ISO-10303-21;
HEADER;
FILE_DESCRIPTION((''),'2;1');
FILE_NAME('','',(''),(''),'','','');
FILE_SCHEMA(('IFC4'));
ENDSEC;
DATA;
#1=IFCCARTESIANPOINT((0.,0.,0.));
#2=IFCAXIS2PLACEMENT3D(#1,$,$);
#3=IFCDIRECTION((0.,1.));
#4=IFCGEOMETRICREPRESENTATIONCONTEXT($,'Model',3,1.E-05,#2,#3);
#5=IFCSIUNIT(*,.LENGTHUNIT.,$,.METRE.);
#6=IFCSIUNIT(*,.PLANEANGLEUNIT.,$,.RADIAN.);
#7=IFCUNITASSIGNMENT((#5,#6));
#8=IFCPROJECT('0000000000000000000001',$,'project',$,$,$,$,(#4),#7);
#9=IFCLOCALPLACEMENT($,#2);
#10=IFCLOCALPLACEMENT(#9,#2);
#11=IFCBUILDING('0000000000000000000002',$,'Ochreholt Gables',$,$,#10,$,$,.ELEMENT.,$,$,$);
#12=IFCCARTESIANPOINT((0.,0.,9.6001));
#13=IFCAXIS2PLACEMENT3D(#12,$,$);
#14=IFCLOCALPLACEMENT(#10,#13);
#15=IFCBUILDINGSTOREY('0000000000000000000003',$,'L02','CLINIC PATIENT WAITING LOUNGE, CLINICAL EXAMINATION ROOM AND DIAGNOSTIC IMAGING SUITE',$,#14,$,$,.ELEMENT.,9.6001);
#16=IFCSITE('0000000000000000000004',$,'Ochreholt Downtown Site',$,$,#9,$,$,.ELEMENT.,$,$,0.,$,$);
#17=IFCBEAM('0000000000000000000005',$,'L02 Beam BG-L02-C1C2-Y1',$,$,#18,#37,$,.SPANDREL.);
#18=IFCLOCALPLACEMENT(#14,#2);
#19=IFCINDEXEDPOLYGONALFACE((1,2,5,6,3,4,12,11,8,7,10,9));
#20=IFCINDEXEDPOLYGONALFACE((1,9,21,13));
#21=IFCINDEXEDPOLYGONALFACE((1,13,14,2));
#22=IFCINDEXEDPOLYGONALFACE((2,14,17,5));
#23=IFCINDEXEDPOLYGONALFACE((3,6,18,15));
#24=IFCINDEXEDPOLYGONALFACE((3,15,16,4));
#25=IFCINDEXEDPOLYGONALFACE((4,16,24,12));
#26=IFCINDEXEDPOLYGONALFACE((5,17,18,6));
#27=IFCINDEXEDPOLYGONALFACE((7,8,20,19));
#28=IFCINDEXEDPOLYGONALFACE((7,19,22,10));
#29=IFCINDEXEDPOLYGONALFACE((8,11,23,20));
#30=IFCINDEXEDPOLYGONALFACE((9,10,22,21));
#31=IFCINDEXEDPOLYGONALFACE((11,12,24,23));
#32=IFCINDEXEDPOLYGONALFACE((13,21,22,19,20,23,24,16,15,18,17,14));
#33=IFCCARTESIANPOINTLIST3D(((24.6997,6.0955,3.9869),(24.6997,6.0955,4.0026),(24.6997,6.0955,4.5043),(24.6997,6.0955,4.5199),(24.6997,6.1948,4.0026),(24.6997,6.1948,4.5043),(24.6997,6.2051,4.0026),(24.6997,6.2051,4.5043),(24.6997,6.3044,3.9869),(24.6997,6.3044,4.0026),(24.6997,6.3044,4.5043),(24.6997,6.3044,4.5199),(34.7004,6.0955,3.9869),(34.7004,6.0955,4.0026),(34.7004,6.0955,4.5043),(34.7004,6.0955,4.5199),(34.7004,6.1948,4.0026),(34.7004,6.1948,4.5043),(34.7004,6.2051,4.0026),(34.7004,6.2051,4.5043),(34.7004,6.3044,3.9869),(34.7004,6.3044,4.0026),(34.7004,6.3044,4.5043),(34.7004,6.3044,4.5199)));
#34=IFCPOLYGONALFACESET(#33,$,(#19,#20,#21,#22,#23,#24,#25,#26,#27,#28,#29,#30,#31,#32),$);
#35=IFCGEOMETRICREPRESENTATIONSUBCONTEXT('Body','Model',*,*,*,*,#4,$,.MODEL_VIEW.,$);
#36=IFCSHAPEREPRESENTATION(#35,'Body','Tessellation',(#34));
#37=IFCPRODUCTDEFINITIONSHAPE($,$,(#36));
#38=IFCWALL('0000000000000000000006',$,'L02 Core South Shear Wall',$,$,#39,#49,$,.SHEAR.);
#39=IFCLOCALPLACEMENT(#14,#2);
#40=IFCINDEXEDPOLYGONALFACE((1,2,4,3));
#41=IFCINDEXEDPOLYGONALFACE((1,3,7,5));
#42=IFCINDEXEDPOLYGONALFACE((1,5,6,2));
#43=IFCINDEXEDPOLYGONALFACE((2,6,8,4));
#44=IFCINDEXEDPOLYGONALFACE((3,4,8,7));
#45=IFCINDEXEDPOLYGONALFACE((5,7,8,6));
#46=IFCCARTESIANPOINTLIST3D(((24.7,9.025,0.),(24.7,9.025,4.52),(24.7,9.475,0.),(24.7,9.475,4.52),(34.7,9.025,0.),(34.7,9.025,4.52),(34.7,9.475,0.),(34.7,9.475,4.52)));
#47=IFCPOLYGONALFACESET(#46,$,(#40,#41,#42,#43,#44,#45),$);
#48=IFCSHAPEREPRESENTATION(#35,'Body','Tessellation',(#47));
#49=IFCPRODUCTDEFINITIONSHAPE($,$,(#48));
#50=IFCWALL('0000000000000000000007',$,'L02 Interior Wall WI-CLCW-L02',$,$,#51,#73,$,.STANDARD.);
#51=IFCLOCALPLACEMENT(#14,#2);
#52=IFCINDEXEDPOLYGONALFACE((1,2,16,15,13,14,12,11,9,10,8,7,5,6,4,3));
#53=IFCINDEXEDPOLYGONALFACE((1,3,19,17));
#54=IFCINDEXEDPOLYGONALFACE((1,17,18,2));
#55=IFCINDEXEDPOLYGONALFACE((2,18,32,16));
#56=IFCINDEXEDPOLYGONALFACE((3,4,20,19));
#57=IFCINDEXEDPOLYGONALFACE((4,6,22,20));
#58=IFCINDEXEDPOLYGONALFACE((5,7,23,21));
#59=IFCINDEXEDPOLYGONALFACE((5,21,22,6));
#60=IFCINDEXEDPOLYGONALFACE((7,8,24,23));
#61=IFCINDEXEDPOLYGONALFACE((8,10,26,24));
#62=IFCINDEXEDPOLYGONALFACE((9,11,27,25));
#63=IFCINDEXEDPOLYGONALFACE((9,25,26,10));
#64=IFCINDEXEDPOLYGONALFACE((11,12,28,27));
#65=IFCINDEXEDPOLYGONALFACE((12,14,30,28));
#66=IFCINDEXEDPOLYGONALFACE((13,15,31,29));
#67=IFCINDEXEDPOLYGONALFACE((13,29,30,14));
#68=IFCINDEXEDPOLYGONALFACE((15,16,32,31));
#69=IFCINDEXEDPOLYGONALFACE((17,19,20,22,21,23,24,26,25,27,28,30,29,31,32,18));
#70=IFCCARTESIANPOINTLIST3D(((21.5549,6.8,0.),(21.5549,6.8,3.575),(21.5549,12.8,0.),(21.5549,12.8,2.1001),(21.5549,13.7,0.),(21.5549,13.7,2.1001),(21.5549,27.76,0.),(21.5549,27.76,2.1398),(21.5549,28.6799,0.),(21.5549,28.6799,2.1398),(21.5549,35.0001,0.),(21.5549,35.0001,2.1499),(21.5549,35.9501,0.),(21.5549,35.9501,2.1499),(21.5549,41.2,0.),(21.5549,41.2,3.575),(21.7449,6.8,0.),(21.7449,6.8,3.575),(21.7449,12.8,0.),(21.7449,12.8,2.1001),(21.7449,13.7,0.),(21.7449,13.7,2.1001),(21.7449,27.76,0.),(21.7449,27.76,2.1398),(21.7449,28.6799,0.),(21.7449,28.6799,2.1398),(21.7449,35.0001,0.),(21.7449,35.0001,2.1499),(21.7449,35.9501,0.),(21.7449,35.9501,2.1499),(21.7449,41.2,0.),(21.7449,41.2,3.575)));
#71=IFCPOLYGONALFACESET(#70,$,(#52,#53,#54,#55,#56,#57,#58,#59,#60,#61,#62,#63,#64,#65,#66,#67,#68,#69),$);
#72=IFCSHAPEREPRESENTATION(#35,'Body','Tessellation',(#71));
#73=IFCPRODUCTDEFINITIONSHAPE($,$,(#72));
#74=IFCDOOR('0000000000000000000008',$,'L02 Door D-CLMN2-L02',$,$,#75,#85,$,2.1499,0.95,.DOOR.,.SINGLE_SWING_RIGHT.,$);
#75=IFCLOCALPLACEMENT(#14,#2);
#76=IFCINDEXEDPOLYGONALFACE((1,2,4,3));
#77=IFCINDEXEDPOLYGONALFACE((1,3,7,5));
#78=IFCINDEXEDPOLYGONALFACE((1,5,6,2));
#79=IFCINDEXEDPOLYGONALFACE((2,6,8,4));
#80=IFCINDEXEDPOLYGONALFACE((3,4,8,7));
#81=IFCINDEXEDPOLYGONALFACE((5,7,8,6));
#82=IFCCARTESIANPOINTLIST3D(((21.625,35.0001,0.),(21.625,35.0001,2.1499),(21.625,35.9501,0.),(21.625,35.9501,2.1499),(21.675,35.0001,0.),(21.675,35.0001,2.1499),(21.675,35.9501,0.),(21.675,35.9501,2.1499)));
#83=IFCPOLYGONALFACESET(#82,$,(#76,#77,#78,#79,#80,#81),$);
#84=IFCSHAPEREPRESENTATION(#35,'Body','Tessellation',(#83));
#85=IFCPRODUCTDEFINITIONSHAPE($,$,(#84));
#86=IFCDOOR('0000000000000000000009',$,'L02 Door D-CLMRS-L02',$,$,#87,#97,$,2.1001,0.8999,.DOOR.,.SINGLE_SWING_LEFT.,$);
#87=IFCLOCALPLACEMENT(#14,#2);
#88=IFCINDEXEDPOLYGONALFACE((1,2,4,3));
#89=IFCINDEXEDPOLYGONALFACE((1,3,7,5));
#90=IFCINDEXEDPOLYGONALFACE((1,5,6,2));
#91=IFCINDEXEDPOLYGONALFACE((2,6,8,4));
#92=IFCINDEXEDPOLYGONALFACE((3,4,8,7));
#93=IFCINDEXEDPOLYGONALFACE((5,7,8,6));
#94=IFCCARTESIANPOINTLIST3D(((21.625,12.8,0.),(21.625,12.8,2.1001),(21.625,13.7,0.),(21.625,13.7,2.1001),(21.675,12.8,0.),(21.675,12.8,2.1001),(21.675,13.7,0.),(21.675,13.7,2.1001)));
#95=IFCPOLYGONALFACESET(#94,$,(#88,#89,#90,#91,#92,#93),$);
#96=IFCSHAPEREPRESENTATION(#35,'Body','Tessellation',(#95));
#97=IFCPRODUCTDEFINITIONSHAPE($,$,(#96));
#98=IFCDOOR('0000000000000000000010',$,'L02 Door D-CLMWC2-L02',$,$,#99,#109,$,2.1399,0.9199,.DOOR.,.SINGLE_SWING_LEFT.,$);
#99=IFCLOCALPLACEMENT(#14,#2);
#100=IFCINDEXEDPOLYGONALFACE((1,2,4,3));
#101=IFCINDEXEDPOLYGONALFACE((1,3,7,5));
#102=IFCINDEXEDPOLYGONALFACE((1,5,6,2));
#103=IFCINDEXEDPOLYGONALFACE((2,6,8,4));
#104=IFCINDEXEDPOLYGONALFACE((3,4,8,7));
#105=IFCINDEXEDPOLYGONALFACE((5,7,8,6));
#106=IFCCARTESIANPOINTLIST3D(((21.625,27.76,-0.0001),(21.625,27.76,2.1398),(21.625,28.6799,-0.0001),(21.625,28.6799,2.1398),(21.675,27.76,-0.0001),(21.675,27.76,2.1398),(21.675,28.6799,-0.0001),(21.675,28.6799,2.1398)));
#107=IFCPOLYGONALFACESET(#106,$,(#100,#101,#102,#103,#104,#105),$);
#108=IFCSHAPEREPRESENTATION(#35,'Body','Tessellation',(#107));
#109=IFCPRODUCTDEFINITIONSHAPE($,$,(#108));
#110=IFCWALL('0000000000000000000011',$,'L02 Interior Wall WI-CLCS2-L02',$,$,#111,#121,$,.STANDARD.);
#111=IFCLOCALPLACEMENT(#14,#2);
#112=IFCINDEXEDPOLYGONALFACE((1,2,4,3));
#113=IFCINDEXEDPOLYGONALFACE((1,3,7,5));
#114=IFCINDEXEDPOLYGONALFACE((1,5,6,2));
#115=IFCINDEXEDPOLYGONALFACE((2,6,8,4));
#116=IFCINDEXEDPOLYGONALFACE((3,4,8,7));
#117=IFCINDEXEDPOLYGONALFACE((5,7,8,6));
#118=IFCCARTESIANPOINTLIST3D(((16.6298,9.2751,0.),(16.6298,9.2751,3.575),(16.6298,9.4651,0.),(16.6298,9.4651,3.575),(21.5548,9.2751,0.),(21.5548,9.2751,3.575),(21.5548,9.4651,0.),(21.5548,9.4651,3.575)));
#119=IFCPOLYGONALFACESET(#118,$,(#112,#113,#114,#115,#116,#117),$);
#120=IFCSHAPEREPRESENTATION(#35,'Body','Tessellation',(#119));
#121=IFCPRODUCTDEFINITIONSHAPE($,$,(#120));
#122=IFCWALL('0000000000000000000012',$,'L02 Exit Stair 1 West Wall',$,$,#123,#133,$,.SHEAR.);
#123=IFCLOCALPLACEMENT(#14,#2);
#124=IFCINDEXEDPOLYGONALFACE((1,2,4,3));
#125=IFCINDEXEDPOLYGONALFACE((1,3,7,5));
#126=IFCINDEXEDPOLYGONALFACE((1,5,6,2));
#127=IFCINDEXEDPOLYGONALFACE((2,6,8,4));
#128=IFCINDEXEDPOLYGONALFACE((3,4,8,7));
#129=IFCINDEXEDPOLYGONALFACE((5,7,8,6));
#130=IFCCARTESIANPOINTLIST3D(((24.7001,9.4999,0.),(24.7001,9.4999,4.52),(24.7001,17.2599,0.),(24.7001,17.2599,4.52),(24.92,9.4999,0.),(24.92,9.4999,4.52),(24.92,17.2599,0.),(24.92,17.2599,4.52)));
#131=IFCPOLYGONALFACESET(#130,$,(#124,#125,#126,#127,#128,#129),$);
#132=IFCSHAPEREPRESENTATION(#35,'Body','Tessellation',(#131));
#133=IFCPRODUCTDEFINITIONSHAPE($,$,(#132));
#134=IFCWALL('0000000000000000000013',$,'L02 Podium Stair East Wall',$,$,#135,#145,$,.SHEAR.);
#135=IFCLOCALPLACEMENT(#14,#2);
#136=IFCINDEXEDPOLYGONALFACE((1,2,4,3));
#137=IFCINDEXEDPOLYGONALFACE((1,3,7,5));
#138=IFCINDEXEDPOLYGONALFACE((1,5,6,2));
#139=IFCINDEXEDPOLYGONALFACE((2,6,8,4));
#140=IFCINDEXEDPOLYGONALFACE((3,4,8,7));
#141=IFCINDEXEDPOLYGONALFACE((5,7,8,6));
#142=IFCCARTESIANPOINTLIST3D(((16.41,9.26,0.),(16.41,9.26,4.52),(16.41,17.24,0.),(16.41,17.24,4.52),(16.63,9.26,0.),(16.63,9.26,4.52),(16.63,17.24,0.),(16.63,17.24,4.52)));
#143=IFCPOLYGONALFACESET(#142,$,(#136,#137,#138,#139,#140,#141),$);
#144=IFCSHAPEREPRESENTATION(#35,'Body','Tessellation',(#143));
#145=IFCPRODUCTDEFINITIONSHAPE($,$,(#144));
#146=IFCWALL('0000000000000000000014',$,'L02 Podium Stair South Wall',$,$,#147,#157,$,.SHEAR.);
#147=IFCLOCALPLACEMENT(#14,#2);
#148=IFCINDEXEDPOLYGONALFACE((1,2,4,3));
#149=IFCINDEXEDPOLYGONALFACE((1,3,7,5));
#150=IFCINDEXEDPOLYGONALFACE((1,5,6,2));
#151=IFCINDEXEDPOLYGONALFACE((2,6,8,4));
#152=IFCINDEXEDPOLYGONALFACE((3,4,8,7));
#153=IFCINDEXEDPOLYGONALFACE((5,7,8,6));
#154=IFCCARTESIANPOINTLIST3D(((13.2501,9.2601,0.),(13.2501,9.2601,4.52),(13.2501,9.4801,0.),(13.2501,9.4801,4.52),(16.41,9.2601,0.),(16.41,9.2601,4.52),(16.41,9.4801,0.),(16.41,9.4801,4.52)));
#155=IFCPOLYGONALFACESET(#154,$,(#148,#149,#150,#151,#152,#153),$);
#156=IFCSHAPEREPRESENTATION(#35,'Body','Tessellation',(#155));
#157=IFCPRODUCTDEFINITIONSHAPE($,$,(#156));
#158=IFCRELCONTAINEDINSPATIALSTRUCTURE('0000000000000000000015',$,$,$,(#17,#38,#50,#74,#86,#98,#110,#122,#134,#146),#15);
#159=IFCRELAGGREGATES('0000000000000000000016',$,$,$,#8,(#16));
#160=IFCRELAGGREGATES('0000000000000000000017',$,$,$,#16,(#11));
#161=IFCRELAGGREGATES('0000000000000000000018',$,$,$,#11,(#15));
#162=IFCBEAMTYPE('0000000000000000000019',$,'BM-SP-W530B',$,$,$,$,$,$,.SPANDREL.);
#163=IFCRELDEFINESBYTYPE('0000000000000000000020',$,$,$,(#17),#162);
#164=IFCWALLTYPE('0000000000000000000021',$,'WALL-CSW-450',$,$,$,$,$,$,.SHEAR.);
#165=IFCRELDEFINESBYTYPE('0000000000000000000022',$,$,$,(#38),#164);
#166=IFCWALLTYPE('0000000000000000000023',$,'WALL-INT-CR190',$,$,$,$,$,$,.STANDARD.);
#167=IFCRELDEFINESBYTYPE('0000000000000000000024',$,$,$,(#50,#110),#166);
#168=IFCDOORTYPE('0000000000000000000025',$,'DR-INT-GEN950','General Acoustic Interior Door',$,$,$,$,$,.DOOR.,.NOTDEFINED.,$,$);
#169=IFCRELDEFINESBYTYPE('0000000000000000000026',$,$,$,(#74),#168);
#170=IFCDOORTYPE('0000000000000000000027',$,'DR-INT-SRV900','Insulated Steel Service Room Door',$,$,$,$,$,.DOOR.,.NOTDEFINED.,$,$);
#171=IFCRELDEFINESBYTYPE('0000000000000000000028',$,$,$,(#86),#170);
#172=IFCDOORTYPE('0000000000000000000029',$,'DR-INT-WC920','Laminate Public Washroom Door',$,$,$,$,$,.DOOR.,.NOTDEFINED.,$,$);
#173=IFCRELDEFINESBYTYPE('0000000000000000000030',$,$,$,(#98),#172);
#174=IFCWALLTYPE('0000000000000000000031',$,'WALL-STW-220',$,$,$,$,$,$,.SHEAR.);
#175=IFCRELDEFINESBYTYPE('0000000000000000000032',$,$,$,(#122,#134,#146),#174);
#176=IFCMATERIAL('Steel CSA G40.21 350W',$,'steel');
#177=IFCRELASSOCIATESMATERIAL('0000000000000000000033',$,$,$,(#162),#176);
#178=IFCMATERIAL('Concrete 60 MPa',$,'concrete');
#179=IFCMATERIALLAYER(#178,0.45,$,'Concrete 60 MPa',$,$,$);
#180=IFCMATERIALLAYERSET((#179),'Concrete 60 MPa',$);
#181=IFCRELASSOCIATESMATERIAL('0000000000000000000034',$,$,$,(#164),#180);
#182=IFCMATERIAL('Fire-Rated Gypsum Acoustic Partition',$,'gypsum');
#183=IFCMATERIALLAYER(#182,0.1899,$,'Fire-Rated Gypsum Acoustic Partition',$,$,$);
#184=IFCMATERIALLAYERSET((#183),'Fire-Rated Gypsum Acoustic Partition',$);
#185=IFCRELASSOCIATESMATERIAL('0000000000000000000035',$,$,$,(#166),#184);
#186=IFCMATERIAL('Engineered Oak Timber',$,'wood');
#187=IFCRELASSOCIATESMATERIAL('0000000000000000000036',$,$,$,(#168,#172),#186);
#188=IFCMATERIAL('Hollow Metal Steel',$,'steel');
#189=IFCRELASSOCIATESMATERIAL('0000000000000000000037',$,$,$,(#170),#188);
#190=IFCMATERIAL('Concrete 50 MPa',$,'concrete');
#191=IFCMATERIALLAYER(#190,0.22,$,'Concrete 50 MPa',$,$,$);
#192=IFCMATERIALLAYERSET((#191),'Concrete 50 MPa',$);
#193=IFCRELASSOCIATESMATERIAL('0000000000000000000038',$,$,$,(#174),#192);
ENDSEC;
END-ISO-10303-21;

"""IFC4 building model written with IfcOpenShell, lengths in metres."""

from ifc_helpers import new_model, si_unit, direction, frame, frame_2d, origin, origin_2d, place, context, subcontext, project, spatial, rectangle, i_section, extrude, material, layer, layer_set, material_profile, profile_set, type_object, element, fill, save


model = new_model("IFC4")

# Units and contexts
model_context = context("Model", 3, precision=1e-05, world=origin(), true_north=direction((0.0, 1.0)))
body_context = subcontext(model_context, "Body", "Model", "MODEL_VIEW")
ifc_project = project(units=[si_unit("LENGTHUNIT", "METRE"), si_unit("PLANEANGLEUNIT", "RADIAN")], contexts=[model_context])

# Site, building, storey
site_placement = place(None, origin())
site = spatial("IfcSite", under=ifc_project, at=site_placement, Name="Ochreholt Downtown Site", CompositionType="ELEMENT", RefElevation=0.0)
building_placement = place(site_placement, origin())
building = spatial("IfcBuilding", under=site, at=building_placement, Name="Ochreholt Gables", CompositionType="ELEMENT")
storey_placement = place(building_placement, frame((0.0, 0.0, 9.6001)))
storey = spatial("IfcBuildingStorey", under=building, at=storey_placement, Name="L02", Description="CLINIC PATIENT WAITING LOUNGE, CLINICAL EXAMINATION ROOM AND DIAGNOSTIC IMAGING SUITE", CompositionType="ELEMENT", Elevation=9.6001)

# Shared definitions
ifc_material_1 = material(Name="Concrete 60 MPa", Category="concrete")

# Beam
ifc_material_2 = material(Name="Steel CSA G40.21 350W", Category="steel")
ifc_material_profile_1 = material_profile(ifc_material_2, i_section(OverallWidth=0.209, OverallDepth=0.533, WebThickness=0.0103, FlangeThickness=0.0156, at=origin_2d()), Name="W530X92")
ifc_profile_set_1 = profile_set([ifc_material_profile_1], Name="Steel CSA G40.21 350W")
beam_type_1 = type_object("IfcBeamType", Name="BM-SP-W530B", PredefinedType="SPANDREL", material=ifc_profile_set_1)
beam_1_placement = place(storey_placement, frame((24.6997, 6.2, 4.2534), z_axis=(1.0, 0.0, 0.0), x_axis=(0.0, 1.0, 0.0)))
element("IfcBeam", 1, at=beam_1_placement, inside=storey, type_object=beam_type_1, Name="L02 Beam BG-L02-C1C2-Y1", PredefinedType="SPANDREL", context=body_context, shape_type="SweptSolid", body=[
    extrude(i_section(OverallWidth=0.209, OverallDepth=0.533, WebThickness=0.0103, FlangeThickness=0.0156, at=origin_2d()), origin(), (0.0, 0.0, 1.0), 10.0007),
])

# Wall
ifc_layer_1 = layer(ifc_material_1, 0.45, Name="Concrete 60 MPa")
ifc_layer_set_1 = layer_set([ifc_layer_1], Name="Concrete 60 MPa")
wall_type_1 = type_object("IfcWallType", Name="WALL-CSW-450", PredefinedType="SHEAR", material=ifc_layer_set_1)
wall_1_placement = place(storey_placement, frame((24.7, 9.25, 0.0), z_axis=(0.0, 0.0, 1.0), x_axis=(1.0, 0.0, 0.0)))
element("IfcWall", 2, at=wall_1_placement, inside=storey, type_object=wall_type_1, Name="L02 Core South Shear Wall", PredefinedType="SHEAR", context=body_context, shape_type="SweptSolid", body=[
    extrude(rectangle(XDim=10.0, YDim=0.45, at=frame_2d((5.0, 0.0))), origin(), (0.0, 0.0, 1.0), 4.52),
])

# Wall, openings, doors
ifc_material_3 = material(Name="Fire-Rated Gypsum Acoustic Partition", Category="gypsum")
ifc_layer_2 = layer(ifc_material_3, 0.1899, Name="Fire-Rated Gypsum Acoustic Partition")
ifc_layer_set_2 = layer_set([ifc_layer_2], Name="Fire-Rated Gypsum Acoustic Partition")
wall_type_2 = type_object("IfcWallType", Name="WALL-INT-CR190", PredefinedType="STANDARD", material=ifc_layer_set_2)
wall_2_placement = place(storey_placement, frame((21.6499, 6.8, 0.0), z_axis=(0.0, 0.0, 1.0), x_axis=(0.0, 1.0, 0.0)))
wall_2 = element("IfcWall", 3, at=wall_2_placement, inside=storey, type_object=wall_type_2, Name="L02 Interior Wall WI-CLCW-L02", PredefinedType="STANDARD", context=body_context, shape_type="SweptSolid", body=[
    extrude(rectangle(XDim=34.3999, YDim=0.1899, at=frame_2d((17.2, 0.0))), origin(), (0.0, 0.0, 1.0), 3.575),
])
opening_1_placement = place(wall_2_placement, frame((20.96, 0.0, 0.0)))
opening_1 = element("IfcOpeningElement", 4, at=opening_1_placement, cuts=wall_2, PredefinedType="OPENING", context=body_context, shape_type="SweptSolid", body=[
    extrude(rectangle(XDim=0.9199, YDim=2.1399, at=frame_2d((0.46, 1.0698))), frame((0.0, 0.105, 0.0), z_axis=(0.0, -1.0, 0.0), x_axis=(1.0, 0.0, 0.0)), (0.0, 0.0, 1.0), 0.21),
])
opening_2_placement = place(wall_2_placement, frame((28.2, 0.0, 0.0)))
opening_2 = element("IfcOpeningElement", 5, at=opening_2_placement, cuts=wall_2, PredefinedType="OPENING", context=body_context, shape_type="SweptSolid", body=[
    extrude(rectangle(XDim=0.95, YDim=2.1499, at=frame_2d((0.4751, 1.075))), frame((0.0, 0.105, 0.0), z_axis=(0.0, -1.0, 0.0), x_axis=(1.0, 0.0, 0.0)), (0.0, 0.0, 1.0), 0.21),
])
opening_3_placement = place(wall_2_placement, frame((6.0, 0.0, 0.0)))
opening_3 = element("IfcOpeningElement", 6, at=opening_3_placement, cuts=wall_2, PredefinedType="OPENING", context=body_context, shape_type="SweptSolid", body=[
    extrude(rectangle(XDim=0.8999, YDim=2.1001, at=frame_2d((0.45, 1.05))), frame((0.0, 0.105, 0.0), z_axis=(0.0, -1.0, 0.0), x_axis=(1.0, 0.0, 0.0)), (0.0, 0.0, 1.0), 0.21),
])
ifc_material_4 = material(Name="Engineered Oak Timber", Category="wood")
door_type_1 = type_object("IfcDoorType", Name="DR-INT-GEN950", Description="General Acoustic Interior Door", OperationType="NOTDEFINED", PredefinedType="DOOR", material=ifc_material_4)
door_1_placement = place(opening_2_placement, origin())
door_1 = element("IfcDoor", 7, at=door_1_placement, inside=storey, type_object=door_type_1, Name="L02 Door D-CLMN2-L02", OperationType="SINGLE_SWING_RIGHT", OverallHeight=2.1499, OverallWidth=0.95, PredefinedType="DOOR", context=body_context, shape_type="SweptSolid", body=[
    extrude(rectangle(XDim=0.95, YDim=2.1499, at=frame_2d((0.4751, 1.075))), frame((0.0, 0.0249, 0.0), z_axis=(0.0, -1.0, 0.0), x_axis=(1.0, 0.0, 0.0)), (0.0, 0.0, 1.0), 0.05),
])
fill(opening_2, door_1)
ifc_material_5 = material(Name="Hollow Metal Steel", Category="steel")
door_type_2 = type_object("IfcDoorType", Name="DR-INT-SRV900", Description="Insulated Steel Service Room Door", OperationType="NOTDEFINED", PredefinedType="DOOR", material=ifc_material_5)
door_2_placement = place(opening_3_placement, origin())
door_2 = element("IfcDoor", 8, at=door_2_placement, inside=storey, type_object=door_type_2, Name="L02 Door D-CLMRS-L02", OperationType="SINGLE_SWING_LEFT", OverallHeight=2.1001, OverallWidth=0.8999, PredefinedType="DOOR", context=body_context, shape_type="SweptSolid", body=[
    extrude(rectangle(XDim=0.8999, YDim=2.1001, at=frame_2d((0.45, 1.05))), frame((0.0, 0.0249, 0.0), z_axis=(0.0, -1.0, 0.0), x_axis=(1.0, 0.0, 0.0)), (0.0, 0.0, 1.0), 0.05),
])
fill(opening_3, door_2)
door_type_3 = type_object("IfcDoorType", Name="DR-INT-WC920", Description="Laminate Public Washroom Door", OperationType="NOTDEFINED", PredefinedType="DOOR", material=ifc_material_4)
door_3_placement = place(opening_1_placement, origin())
door_3 = element("IfcDoor", 9, at=door_3_placement, inside=storey, type_object=door_type_3, Name="L02 Door D-CLMWC2-L02", OperationType="SINGLE_SWING_LEFT", OverallHeight=2.1399, OverallWidth=0.9199, PredefinedType="DOOR", context=body_context, shape_type="SweptSolid", body=[
    extrude(rectangle(XDim=0.9199, YDim=2.1399, at=frame_2d((0.46, 1.0698))), frame((0.0, 0.0249, 0.0), z_axis=(0.0, -1.0, 0.0), x_axis=(1.0, 0.0, 0.0)), (0.0, 0.0, 1.0), 0.05),
])
fill(opening_1, door_3)

# Walls
wall_3_placement = place(storey_placement, frame((16.6299, 9.3701, 0.0), z_axis=(0.0, 0.0, 1.0), x_axis=(1.0, 0.0, 0.0)))
element("IfcWall", 10, at=wall_3_placement, inside=storey, type_object=wall_type_2, Name="L02 Interior Wall WI-CLCS2-L02", PredefinedType="STANDARD", context=body_context, shape_type="SweptSolid", body=[
    extrude(rectangle(XDim=4.925, YDim=0.1899, at=frame_2d((2.4624, 0.0))), origin(), (0.0, 0.0, 1.0), 3.575),
])
ifc_material_6 = material(Name="Concrete 50 MPa", Category="concrete")
ifc_layer_3 = layer(ifc_material_6, 0.22, Name="Concrete 50 MPa")
ifc_layer_set_3 = layer_set([ifc_layer_3], Name="Concrete 50 MPa")
wall_type_3 = type_object("IfcWallType", Name="WALL-STW-220", PredefinedType="SHEAR", material=ifc_layer_set_3)
wall_4_placement = place(storey_placement, frame((24.8101, 9.5, 0.0), z_axis=(0.0, 0.0, 1.0), x_axis=(0.0, 1.0, 0.0)))
element("IfcWall", 11, at=wall_4_placement, inside=storey, type_object=wall_type_3, Name="L02 Exit Stair 1 West Wall", PredefinedType="SHEAR", context=body_context, shape_type="SweptSolid", body=[
    extrude(rectangle(XDim=7.76, YDim=0.22, at=frame_2d((3.8799, 0.0))), origin(), (0.0, 0.0, 1.0), 4.52),
])
wall_5_placement = place(storey_placement, frame((16.52, 9.26, 0.0), z_axis=(0.0, 0.0, 1.0), x_axis=(0.0, 1.0, 0.0)))
element("IfcWall", 12, at=wall_5_placement, inside=storey, type_object=wall_type_3, Name="L02 Podium Stair East Wall", PredefinedType="SHEAR", context=body_context, shape_type="SweptSolid", body=[
    extrude(rectangle(XDim=7.98, YDim=0.22, at=frame_2d((3.99, 0.0))), origin(), (0.0, 0.0, 1.0), 4.52),
])
wall_6_placement = place(storey_placement, frame((13.25, 9.3701, 0.0), z_axis=(0.0, 0.0, 1.0), x_axis=(1.0, 0.0, 0.0)))
element("IfcWall", 13, at=wall_6_placement, inside=storey, type_object=wall_type_3, Name="L02 Podium Stair South Wall", PredefinedType="SHEAR", context=body_context, shape_type="SweptSolid", body=[
    extrude(rectangle(XDim=3.1599, YDim=0.22, at=frame_2d((1.5801, 0.0))), origin(), (0.0, 0.0, 1.0), 4.52),
])

save(model, "model.ifc")
